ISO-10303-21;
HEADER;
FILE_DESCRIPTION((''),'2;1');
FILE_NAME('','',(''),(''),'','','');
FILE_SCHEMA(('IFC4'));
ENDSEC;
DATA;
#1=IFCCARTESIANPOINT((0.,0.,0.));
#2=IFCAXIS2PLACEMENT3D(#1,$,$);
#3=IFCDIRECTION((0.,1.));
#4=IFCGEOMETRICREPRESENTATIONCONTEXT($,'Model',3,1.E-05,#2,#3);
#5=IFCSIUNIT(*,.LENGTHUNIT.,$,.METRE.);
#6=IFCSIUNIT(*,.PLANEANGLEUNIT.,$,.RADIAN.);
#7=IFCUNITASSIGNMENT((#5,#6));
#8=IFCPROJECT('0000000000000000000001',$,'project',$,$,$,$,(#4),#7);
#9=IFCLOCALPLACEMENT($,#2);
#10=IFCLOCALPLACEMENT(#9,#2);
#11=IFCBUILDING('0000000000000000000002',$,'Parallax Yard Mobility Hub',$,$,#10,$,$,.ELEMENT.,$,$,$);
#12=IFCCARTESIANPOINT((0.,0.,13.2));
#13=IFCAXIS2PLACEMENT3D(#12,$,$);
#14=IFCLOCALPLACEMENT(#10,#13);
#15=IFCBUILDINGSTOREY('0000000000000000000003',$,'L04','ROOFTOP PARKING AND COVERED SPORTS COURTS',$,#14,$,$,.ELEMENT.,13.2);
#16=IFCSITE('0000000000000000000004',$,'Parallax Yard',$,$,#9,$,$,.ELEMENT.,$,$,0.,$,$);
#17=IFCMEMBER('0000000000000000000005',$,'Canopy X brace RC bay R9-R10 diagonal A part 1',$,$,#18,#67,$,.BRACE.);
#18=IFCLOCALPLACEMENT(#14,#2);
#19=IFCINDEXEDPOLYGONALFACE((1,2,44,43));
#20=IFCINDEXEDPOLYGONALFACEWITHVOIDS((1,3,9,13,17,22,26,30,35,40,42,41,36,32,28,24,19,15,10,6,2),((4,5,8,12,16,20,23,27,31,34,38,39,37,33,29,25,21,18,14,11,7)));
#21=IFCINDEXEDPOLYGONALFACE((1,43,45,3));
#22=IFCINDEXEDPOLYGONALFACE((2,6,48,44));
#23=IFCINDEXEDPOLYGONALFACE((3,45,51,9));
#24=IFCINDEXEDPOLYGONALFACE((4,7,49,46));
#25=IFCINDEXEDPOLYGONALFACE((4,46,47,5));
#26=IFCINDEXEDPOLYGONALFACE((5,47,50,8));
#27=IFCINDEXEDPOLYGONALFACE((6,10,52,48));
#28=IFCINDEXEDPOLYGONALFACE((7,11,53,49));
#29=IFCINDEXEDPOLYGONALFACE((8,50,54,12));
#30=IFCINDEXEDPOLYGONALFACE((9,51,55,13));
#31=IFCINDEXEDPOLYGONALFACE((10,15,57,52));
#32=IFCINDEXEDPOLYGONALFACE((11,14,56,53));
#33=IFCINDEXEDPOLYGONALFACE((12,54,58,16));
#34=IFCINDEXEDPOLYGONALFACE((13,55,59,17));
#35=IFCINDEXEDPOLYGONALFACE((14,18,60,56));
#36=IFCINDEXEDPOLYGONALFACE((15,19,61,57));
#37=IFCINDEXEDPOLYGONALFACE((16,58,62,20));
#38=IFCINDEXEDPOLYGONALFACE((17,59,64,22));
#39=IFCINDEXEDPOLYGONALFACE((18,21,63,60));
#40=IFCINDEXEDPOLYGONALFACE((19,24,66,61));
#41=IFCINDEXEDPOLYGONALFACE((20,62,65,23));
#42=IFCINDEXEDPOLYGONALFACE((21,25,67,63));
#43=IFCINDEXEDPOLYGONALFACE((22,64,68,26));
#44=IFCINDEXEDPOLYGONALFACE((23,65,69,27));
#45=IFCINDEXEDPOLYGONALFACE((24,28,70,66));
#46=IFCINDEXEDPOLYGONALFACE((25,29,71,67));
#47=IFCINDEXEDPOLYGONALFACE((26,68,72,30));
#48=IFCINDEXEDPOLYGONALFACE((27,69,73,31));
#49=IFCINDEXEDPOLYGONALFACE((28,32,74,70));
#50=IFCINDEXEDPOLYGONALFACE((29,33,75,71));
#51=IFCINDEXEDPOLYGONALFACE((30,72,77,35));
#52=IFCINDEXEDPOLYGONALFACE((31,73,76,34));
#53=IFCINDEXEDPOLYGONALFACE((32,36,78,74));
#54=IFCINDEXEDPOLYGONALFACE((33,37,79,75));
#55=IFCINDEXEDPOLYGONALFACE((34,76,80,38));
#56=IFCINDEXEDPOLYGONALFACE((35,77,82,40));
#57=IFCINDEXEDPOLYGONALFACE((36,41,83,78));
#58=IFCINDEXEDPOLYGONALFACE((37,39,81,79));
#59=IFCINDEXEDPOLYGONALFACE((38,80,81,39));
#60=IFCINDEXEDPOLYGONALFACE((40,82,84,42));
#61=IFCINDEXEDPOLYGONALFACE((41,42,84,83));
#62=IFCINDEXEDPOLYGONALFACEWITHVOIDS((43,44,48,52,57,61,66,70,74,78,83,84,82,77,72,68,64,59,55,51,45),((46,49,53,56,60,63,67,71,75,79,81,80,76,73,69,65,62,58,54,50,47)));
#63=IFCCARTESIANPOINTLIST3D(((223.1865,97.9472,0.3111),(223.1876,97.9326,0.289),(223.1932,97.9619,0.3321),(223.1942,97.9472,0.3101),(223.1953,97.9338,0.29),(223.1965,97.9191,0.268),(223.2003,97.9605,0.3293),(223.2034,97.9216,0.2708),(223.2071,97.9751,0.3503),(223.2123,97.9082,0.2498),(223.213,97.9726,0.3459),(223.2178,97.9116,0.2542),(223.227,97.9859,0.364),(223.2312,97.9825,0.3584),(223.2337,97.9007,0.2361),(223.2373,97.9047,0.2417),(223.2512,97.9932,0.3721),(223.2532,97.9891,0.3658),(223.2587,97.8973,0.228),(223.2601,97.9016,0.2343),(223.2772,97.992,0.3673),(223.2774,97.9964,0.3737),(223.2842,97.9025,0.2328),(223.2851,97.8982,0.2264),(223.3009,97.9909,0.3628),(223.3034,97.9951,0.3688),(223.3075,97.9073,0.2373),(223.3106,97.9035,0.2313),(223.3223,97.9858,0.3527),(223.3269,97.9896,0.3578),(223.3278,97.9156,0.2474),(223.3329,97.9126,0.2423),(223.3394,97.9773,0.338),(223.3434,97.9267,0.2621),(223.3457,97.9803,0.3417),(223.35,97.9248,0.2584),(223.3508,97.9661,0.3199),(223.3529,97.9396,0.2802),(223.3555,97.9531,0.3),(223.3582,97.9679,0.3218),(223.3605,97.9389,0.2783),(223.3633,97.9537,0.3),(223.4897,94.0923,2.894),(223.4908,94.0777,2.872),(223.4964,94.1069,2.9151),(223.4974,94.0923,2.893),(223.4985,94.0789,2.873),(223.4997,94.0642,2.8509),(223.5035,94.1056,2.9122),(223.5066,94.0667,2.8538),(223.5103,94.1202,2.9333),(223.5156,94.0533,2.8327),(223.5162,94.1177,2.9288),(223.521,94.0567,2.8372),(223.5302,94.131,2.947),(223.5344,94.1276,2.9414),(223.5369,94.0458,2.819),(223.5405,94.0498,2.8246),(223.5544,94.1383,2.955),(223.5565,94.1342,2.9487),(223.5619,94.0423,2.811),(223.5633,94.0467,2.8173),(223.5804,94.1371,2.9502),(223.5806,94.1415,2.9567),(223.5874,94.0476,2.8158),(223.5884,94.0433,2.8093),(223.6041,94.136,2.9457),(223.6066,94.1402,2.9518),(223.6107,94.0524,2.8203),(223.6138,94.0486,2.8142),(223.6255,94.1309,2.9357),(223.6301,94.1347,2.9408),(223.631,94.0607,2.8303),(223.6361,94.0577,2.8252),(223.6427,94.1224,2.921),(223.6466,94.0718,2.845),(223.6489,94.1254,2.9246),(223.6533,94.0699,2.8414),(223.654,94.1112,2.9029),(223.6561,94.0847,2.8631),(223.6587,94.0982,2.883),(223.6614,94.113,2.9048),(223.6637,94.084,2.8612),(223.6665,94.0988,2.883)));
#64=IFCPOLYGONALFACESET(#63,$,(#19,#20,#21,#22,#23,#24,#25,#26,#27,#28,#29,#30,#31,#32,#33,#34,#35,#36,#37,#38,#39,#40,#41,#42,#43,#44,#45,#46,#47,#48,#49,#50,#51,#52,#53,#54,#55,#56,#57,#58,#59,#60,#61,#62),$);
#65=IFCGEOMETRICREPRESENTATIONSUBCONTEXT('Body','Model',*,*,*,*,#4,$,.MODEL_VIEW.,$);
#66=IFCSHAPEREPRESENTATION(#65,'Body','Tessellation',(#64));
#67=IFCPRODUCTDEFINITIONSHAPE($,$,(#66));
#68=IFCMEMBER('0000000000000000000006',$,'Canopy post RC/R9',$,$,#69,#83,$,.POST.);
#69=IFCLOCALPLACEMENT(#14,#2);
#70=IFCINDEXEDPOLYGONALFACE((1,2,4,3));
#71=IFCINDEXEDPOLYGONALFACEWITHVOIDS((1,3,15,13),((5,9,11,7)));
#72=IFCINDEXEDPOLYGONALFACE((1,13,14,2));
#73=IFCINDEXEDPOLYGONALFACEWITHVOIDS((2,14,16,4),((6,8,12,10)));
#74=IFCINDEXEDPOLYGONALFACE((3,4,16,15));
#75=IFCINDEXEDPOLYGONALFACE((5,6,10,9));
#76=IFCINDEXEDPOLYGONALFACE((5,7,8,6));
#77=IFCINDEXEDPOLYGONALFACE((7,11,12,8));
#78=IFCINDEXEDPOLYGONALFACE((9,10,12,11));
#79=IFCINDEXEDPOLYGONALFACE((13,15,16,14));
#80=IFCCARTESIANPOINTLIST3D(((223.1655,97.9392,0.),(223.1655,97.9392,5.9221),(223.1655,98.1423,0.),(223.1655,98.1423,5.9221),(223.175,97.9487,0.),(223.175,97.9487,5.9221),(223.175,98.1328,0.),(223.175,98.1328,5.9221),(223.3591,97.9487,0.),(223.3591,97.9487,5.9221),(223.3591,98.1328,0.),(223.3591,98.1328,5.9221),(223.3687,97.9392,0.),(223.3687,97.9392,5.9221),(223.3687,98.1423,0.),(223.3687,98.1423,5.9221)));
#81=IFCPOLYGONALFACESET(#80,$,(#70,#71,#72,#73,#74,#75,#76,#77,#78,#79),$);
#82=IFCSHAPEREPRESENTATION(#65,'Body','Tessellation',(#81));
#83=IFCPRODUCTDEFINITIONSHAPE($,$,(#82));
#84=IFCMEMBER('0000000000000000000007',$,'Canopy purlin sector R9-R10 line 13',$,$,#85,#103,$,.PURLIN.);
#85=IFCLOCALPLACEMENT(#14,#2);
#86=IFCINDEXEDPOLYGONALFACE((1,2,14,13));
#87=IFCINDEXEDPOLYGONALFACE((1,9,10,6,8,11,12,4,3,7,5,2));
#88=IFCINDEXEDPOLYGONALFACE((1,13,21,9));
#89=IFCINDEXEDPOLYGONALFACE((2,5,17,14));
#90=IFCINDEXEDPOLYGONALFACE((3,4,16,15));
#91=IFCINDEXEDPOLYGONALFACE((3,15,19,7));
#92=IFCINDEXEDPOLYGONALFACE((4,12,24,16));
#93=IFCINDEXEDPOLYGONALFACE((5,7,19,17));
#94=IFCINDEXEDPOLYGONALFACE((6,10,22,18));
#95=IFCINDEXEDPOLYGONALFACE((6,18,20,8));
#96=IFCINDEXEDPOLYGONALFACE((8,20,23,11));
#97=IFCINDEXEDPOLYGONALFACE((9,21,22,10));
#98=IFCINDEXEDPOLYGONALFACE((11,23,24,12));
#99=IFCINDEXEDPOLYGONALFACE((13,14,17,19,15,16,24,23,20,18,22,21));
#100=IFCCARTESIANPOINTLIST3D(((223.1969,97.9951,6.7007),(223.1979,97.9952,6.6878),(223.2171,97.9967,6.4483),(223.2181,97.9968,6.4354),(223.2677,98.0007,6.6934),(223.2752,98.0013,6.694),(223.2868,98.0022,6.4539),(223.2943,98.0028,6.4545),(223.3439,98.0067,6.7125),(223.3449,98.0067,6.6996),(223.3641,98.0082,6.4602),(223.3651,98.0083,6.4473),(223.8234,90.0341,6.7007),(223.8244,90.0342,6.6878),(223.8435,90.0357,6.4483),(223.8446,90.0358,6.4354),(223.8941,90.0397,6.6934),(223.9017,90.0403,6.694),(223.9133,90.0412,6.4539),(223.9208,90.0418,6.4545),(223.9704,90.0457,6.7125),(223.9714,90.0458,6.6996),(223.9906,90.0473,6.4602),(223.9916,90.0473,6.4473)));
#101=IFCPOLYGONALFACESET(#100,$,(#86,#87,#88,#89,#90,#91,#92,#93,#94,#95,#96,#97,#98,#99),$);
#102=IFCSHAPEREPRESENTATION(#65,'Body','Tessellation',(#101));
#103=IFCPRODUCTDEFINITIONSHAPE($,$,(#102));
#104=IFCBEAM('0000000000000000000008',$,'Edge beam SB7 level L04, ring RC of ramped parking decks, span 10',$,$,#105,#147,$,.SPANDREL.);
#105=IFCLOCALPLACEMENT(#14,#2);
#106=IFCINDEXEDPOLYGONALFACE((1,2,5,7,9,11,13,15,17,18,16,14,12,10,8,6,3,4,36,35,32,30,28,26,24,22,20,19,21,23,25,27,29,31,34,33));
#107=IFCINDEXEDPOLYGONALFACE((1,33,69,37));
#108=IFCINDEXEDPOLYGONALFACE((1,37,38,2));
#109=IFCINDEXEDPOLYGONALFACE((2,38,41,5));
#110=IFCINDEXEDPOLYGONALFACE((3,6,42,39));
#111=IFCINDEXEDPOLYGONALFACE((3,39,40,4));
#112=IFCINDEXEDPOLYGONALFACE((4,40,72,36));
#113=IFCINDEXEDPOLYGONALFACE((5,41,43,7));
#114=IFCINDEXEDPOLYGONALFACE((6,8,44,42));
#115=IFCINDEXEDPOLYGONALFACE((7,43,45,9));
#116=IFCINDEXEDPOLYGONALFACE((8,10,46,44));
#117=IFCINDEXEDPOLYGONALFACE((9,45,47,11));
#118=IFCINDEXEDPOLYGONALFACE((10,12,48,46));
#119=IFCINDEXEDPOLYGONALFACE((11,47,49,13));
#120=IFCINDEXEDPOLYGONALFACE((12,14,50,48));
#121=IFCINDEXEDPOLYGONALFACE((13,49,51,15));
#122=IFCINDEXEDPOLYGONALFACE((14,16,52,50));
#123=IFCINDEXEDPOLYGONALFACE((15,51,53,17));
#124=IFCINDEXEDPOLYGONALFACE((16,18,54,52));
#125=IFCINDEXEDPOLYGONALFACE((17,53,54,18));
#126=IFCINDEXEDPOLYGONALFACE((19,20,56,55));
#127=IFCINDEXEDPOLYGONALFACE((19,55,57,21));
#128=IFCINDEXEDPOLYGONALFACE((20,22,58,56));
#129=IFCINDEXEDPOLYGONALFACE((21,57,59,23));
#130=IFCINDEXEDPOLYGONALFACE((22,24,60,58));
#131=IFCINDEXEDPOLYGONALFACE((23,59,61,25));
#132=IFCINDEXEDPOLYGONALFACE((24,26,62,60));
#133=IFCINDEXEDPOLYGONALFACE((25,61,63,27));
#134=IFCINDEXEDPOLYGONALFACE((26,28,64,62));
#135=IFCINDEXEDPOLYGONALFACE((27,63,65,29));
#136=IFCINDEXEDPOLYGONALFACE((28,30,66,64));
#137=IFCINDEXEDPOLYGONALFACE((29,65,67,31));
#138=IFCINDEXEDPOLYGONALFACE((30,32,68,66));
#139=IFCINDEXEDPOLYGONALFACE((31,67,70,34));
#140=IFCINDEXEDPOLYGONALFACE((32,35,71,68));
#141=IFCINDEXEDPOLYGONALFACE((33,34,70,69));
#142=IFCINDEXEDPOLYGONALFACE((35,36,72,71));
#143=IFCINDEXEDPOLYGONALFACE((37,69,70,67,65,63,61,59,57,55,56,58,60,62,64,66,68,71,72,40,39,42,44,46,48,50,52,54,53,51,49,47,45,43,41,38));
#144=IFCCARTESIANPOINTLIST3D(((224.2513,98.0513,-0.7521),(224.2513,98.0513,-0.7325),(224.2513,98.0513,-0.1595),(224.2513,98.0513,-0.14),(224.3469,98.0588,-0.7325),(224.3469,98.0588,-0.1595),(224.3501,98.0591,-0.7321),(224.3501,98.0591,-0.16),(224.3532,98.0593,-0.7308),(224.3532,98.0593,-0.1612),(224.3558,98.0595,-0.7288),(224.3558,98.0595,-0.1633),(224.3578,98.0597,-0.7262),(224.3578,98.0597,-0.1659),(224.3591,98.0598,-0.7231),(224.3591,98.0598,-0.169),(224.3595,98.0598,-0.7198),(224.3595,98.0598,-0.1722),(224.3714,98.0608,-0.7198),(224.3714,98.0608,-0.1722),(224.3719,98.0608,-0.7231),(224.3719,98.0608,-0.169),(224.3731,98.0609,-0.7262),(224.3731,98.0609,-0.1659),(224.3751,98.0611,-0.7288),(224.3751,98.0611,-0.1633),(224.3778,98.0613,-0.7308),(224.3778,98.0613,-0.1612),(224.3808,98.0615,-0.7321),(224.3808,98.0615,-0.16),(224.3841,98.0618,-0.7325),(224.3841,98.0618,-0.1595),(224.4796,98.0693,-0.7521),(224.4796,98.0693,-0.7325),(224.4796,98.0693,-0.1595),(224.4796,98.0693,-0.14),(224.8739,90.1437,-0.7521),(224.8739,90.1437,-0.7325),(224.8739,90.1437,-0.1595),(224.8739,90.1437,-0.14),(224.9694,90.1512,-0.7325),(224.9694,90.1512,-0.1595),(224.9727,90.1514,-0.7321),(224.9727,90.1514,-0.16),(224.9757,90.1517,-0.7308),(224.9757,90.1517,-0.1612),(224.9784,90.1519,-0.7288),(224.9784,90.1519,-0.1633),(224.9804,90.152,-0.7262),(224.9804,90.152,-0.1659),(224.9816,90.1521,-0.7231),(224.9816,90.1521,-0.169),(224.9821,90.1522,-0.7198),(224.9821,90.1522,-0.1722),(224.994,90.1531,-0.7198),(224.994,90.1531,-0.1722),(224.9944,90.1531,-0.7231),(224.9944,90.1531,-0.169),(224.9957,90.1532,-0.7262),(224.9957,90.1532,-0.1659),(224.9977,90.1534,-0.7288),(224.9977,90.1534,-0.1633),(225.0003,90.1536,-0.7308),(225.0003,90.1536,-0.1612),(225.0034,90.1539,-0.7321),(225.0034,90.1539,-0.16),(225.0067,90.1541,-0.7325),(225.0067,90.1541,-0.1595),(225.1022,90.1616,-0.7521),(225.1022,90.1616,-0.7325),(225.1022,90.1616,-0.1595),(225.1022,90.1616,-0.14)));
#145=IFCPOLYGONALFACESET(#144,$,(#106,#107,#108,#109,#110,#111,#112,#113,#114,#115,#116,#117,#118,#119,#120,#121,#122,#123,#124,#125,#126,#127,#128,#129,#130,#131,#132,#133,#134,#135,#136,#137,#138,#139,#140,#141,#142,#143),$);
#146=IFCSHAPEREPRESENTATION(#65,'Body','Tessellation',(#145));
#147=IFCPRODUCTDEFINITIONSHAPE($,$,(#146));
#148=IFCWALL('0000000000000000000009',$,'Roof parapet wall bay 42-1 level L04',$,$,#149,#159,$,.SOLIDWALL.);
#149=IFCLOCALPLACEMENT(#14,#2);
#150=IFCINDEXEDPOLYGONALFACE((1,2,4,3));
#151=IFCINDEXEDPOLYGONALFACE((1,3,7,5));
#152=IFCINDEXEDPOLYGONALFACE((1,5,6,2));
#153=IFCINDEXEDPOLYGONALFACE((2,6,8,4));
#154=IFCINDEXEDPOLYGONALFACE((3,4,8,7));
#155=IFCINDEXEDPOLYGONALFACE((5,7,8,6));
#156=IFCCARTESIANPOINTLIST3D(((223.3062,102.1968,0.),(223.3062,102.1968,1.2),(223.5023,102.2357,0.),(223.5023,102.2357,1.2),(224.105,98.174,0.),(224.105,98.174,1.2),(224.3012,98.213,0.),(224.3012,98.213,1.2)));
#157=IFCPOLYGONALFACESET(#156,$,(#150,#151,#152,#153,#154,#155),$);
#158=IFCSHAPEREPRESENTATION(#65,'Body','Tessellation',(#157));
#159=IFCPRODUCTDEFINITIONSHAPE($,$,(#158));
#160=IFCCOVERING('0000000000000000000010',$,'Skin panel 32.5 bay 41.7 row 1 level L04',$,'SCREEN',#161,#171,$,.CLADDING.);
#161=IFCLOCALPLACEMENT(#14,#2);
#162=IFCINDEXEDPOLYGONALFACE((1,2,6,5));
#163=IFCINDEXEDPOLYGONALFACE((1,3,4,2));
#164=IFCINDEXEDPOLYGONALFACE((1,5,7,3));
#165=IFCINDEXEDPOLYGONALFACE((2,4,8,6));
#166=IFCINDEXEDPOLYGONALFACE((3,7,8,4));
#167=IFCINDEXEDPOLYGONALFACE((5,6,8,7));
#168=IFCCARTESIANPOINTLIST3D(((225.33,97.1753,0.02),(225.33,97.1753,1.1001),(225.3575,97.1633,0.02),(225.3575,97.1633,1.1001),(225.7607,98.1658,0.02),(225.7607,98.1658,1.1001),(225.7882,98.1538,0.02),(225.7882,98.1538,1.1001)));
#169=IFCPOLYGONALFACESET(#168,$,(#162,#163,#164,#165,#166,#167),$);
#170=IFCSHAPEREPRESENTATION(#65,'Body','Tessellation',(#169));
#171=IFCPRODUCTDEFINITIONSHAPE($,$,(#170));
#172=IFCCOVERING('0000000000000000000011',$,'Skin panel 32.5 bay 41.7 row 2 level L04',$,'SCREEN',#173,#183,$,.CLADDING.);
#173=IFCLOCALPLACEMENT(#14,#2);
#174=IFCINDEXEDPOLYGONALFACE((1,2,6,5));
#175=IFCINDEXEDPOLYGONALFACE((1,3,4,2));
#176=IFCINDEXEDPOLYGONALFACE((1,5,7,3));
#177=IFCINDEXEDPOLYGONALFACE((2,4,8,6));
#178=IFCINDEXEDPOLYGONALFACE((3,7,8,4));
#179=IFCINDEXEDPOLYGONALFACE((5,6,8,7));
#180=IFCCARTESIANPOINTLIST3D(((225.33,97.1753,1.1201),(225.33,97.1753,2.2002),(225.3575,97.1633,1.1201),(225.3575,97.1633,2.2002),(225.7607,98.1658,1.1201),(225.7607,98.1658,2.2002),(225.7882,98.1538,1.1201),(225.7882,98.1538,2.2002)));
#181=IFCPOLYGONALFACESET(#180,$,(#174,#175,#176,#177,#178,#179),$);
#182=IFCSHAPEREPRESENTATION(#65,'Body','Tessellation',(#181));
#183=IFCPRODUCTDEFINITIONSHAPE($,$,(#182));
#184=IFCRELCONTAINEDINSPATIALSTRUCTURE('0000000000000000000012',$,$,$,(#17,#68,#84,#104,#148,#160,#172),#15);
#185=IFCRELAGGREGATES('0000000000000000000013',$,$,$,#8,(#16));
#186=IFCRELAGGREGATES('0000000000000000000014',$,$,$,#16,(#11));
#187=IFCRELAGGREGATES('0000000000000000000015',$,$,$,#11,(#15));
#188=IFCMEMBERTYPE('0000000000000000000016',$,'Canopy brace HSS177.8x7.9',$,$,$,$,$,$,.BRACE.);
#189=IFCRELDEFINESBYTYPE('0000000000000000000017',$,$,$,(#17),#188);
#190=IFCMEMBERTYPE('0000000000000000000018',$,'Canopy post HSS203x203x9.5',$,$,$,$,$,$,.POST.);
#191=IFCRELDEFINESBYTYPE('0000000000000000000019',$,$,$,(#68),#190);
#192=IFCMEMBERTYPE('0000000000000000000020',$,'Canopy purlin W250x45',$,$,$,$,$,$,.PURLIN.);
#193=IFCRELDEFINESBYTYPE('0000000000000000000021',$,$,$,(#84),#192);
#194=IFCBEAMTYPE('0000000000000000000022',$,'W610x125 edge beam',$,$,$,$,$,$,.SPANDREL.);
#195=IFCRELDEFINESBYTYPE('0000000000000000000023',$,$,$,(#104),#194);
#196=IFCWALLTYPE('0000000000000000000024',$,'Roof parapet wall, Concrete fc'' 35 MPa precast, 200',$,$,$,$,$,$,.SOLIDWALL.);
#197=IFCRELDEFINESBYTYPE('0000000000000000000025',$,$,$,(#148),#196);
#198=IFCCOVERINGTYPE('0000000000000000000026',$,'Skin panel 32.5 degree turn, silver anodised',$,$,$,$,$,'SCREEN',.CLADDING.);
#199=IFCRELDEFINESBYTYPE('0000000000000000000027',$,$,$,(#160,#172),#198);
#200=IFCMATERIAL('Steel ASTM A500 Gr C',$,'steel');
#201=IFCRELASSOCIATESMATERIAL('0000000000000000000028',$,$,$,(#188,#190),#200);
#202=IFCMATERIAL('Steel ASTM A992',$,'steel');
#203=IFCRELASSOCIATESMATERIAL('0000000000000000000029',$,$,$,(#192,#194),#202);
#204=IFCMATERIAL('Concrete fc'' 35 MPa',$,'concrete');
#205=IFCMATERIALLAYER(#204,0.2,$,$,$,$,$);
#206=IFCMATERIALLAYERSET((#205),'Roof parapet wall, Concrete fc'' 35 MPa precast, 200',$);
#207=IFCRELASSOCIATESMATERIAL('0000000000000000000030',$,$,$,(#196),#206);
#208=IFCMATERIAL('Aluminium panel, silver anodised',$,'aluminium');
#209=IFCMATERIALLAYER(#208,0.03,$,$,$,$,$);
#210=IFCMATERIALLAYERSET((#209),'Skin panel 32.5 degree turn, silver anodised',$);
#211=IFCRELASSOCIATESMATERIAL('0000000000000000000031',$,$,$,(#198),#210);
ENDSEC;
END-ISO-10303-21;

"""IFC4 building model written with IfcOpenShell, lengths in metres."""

from ifc_helpers import new_model, si_unit, direction, frame, frame_2d, origin, origin_2d, place, context, subcontext, project, spatial, rectangle, hollow_rectangle, hollow_circle, i_section, extrude, material, layer, layer_set, material_profile, profile_set, type_object, element, save


model = new_model("IFC4")

# Units and contexts
model_context = context("Model", 3, precision=1e-05, world=origin(), true_north=direction((0.0, 1.0)))
body_context = subcontext(model_context, "Body", "Model", "MODEL_VIEW")
ifc_project = project(units=[si_unit("LENGTHUNIT", "METRE"), si_unit("PLANEANGLEUNIT", "RADIAN")], contexts=[model_context])

# Site, building, storey
site_placement = place(None, origin())
site = spatial("IfcSite", under=ifc_project, at=site_placement, Name="Parallax Yard", CompositionType="ELEMENT", RefElevation=0.0)
building_placement = place(site_placement, origin())
building = spatial("IfcBuilding", under=site, at=building_placement, Name="Parallax Yard Mobility Hub", CompositionType="ELEMENT")
storey_placement = place(building_placement, frame((0.0, 0.0, 13.2)))
storey = spatial("IfcBuildingStorey", under=building, at=storey_placement, Name="L04", Description="ROOFTOP PARKING AND COVERED SPORTS COURTS", CompositionType="ELEMENT", Elevation=13.2)

# Members
ifc_material_1 = material(Name="Steel ASTM A500 Gr C", Category="steel")
ifc_material_profile_1 = material_profile(ifc_material_1, hollow_circle(Radius=0.0889, WallThickness=0.0078, at=origin_2d()), Name="HSS177.8x7.9")
ifc_profile_set_1 = profile_set([ifc_material_profile_1], Name="Steel ASTM A500 Gr C")
member_type_1 = type_object("IfcMemberType", Name="Canopy brace HSS177.8x7.9", PredefinedType="BRACE", material=ifc_profile_set_1)
member_1_placement = place(storey_placement, frame((223.2747, 97.9468, 0.3), z_axis=(0.065206, -0.828985, 0.555457), x_axis=(0.996921, 0.078415, 0.0)))
element("IfcMember", 1, at=member_1_placement, inside=storey, type_object=member_type_1, Name="Canopy X brace RC bay R9-R10 diagonal A part 1", PredefinedType="BRACE", context=body_context, shape_type="SweptSolid", body=[
    extrude(hollow_circle(Radius=0.0889, WallThickness=0.0078, at=origin_2d()), origin(), (0.0, 0.0, 1.0), 4.6501),
])
ifc_material_profile_2 = material_profile(ifc_material_1, hollow_rectangle(XDim=0.2031, YDim=0.2031, WallThickness=0.0095, at=origin_2d()), Name="HSS203x203x9.5")
ifc_profile_set_2 = profile_set([ifc_material_profile_2], Name="Steel ASTM A500 Gr C")
member_type_2 = type_object("IfcMemberType", Name="Canopy post HSS203x203x9.5", PredefinedType="POST", material=ifc_profile_set_2)
member_2_placement = place(storey_placement, frame((223.2671, 98.0408, 0.0), z_axis=(0.0, 0.0, 1.0), x_axis=(1.0, 0.0, 0.0)))
element("IfcMember", 2, at=member_2_placement, inside=storey, type_object=member_type_2, Name="Canopy post RC/R9", PredefinedType="POST", context=body_context, shape_type="SweptSolid", body=[
    extrude(hollow_rectangle(XDim=0.2031, YDim=0.2031, WallThickness=0.0095, at=origin_2d()), origin(), (0.0, 0.0, 1.0), 5.9221),
])
ifc_material_2 = material(Name="Steel ASTM A992", Category="steel")
ifc_material_profile_3 = material_profile(ifc_material_2, i_section(OverallWidth=0.1479, OverallDepth=0.2661, WebThickness=0.0076, FlangeThickness=0.0129, at=origin_2d()), Name="W250x45")
ifc_profile_set_3 = profile_set([ifc_material_profile_3], Name="Steel ASTM A992")
member_type_3 = type_object("IfcMemberType", Name="Canopy purlin W250x45", PredefinedType="PURLIN", material=ifc_profile_set_3)
member_3_placement = place(storey_placement, frame((223.281, 98.0017, 6.574), z_axis=(0.07845, -0.996918, 0.0), x_axis=(0.993724, 0.078198, 0.07999)))
element("IfcMember", 3, at=member_3_placement, inside=storey, type_object=member_type_3, Name="Canopy purlin sector R9-R10 line 13", PredefinedType="PURLIN", context=body_context, shape_type="SweptSolid", body=[
    extrude(i_section(OverallWidth=0.1479, OverallDepth=0.2661, WebThickness=0.0076, FlangeThickness=0.0129, at=origin_2d()), origin(), (0.0, 0.0, 1.0), 7.9856),
])

# Beam
ifc_material_profile_4 = material_profile(ifc_material_2, i_section(OverallWidth=0.229, OverallDepth=0.6121, WebThickness=0.012, FlangeThickness=0.0195, FilletRadius=0.0127, at=origin_2d()), Name="W610x125")
ifc_profile_set_4 = profile_set([ifc_material_profile_4], Name="Steel ASTM A992")
beam_type = type_object("IfcBeamType", Name="W610x125 edge beam", PredefinedType="SPANDREL", material=ifc_profile_set_4)
beam_placement = place(storey_placement, frame((224.3655, 98.0603, -0.446), z_axis=(0.078485, -0.996915, 0.0), x_axis=(0.996915, 0.078485, 0.0)))
element("IfcBeam", 4, at=beam_placement, inside=storey, type_object=beam_type, Name="Edge beam SB7 level L04, ring RC of ramped parking decks, span 10", PredefinedType="SPANDREL", context=body_context, shape_type="SweptSolid", body=[
    extrude(i_section(OverallWidth=0.229, OverallDepth=0.6121, WebThickness=0.012, FlangeThickness=0.0195, FilletRadius=0.0127, at=origin_2d()), origin(), (0.0, 0.0, 1.0), 7.9321),
])

# Wall
ifc_material_3 = material(Name="Concrete fc' 35 MPa", Category="concrete")
ifc_layer_1 = layer(ifc_material_3, 0.2)
ifc_layer_set_1 = layer_set([ifc_layer_1], Name="Roof parapet wall, Concrete fc' 35 MPa precast, 200")
wall_type = type_object("IfcWallType", Name="Roof parapet wall, Concrete fc' 35 MPa precast, 200", PredefinedType="SOLIDWALL", material=ifc_layer_set_1)
wall_placement = place(storey_placement, frame((224.2031, 98.1934, 0.0), z_axis=(0.0, 0.0, 1.0), x_axis=(-0.194777, 0.980848, 0.0)))
element("IfcWall", 5, at=wall_placement, inside=storey, type_object=wall_type, Name="Roof parapet wall bay 42-1 level L04", PredefinedType="SOLIDWALL", context=body_context, shape_type="SweptSolid", body=[
    extrude(rectangle(XDim=4.1013, YDim=0.2, at=frame_2d((2.0508, 0.0))), origin(), (0.0, 0.0, 1.0), 1.2),
])

# Coverings
ifc_material_4 = material(Name="Aluminium panel, silver anodised", Category="aluminium")
ifc_layer_2 = layer(ifc_material_4, 0.03)
ifc_layer_set_2 = layer_set([ifc_layer_2], Name="Skin panel 32.5 degree turn, silver anodised")
covering_type_1 = type_object("IfcCoveringType", Name="Skin panel 32.5 degree turn, silver anodised", ElementType="SCREEN", PredefinedType="CLADDING", material=ifc_layer_set_2)
for number, where, z_axis, x_axis, name in (
    (6, (225.5591, 97.6646, 0.02), (0.0, 0.0, 1.0), (0.398749, 0.91706, 0.0), "Skin panel 32.5 bay 41.7 row 1 level L04"),
    (7, (225.5591, 97.6646, 1.1201), (0.0, 0.0, 1.0), (0.398749, 0.91706, 0.0), "Skin panel 32.5 bay 41.7 row 2 level L04"),
):
    element("IfcCovering", number, at=place(storey_placement, frame(where, z_axis=z_axis, x_axis=x_axis)), inside=storey, type_object=covering_type_1, Name=name, ObjectType="SCREEN", PredefinedType="CLADDING", context=body_context, shape_type="SweptSolid", body=[
        extrude(rectangle(XDim=1.0801, YDim=0.03, at=origin_2d()), origin(), (0.0, 0.0, 1.0), 1.0801),
    ])

save(model, "model.ifc")
